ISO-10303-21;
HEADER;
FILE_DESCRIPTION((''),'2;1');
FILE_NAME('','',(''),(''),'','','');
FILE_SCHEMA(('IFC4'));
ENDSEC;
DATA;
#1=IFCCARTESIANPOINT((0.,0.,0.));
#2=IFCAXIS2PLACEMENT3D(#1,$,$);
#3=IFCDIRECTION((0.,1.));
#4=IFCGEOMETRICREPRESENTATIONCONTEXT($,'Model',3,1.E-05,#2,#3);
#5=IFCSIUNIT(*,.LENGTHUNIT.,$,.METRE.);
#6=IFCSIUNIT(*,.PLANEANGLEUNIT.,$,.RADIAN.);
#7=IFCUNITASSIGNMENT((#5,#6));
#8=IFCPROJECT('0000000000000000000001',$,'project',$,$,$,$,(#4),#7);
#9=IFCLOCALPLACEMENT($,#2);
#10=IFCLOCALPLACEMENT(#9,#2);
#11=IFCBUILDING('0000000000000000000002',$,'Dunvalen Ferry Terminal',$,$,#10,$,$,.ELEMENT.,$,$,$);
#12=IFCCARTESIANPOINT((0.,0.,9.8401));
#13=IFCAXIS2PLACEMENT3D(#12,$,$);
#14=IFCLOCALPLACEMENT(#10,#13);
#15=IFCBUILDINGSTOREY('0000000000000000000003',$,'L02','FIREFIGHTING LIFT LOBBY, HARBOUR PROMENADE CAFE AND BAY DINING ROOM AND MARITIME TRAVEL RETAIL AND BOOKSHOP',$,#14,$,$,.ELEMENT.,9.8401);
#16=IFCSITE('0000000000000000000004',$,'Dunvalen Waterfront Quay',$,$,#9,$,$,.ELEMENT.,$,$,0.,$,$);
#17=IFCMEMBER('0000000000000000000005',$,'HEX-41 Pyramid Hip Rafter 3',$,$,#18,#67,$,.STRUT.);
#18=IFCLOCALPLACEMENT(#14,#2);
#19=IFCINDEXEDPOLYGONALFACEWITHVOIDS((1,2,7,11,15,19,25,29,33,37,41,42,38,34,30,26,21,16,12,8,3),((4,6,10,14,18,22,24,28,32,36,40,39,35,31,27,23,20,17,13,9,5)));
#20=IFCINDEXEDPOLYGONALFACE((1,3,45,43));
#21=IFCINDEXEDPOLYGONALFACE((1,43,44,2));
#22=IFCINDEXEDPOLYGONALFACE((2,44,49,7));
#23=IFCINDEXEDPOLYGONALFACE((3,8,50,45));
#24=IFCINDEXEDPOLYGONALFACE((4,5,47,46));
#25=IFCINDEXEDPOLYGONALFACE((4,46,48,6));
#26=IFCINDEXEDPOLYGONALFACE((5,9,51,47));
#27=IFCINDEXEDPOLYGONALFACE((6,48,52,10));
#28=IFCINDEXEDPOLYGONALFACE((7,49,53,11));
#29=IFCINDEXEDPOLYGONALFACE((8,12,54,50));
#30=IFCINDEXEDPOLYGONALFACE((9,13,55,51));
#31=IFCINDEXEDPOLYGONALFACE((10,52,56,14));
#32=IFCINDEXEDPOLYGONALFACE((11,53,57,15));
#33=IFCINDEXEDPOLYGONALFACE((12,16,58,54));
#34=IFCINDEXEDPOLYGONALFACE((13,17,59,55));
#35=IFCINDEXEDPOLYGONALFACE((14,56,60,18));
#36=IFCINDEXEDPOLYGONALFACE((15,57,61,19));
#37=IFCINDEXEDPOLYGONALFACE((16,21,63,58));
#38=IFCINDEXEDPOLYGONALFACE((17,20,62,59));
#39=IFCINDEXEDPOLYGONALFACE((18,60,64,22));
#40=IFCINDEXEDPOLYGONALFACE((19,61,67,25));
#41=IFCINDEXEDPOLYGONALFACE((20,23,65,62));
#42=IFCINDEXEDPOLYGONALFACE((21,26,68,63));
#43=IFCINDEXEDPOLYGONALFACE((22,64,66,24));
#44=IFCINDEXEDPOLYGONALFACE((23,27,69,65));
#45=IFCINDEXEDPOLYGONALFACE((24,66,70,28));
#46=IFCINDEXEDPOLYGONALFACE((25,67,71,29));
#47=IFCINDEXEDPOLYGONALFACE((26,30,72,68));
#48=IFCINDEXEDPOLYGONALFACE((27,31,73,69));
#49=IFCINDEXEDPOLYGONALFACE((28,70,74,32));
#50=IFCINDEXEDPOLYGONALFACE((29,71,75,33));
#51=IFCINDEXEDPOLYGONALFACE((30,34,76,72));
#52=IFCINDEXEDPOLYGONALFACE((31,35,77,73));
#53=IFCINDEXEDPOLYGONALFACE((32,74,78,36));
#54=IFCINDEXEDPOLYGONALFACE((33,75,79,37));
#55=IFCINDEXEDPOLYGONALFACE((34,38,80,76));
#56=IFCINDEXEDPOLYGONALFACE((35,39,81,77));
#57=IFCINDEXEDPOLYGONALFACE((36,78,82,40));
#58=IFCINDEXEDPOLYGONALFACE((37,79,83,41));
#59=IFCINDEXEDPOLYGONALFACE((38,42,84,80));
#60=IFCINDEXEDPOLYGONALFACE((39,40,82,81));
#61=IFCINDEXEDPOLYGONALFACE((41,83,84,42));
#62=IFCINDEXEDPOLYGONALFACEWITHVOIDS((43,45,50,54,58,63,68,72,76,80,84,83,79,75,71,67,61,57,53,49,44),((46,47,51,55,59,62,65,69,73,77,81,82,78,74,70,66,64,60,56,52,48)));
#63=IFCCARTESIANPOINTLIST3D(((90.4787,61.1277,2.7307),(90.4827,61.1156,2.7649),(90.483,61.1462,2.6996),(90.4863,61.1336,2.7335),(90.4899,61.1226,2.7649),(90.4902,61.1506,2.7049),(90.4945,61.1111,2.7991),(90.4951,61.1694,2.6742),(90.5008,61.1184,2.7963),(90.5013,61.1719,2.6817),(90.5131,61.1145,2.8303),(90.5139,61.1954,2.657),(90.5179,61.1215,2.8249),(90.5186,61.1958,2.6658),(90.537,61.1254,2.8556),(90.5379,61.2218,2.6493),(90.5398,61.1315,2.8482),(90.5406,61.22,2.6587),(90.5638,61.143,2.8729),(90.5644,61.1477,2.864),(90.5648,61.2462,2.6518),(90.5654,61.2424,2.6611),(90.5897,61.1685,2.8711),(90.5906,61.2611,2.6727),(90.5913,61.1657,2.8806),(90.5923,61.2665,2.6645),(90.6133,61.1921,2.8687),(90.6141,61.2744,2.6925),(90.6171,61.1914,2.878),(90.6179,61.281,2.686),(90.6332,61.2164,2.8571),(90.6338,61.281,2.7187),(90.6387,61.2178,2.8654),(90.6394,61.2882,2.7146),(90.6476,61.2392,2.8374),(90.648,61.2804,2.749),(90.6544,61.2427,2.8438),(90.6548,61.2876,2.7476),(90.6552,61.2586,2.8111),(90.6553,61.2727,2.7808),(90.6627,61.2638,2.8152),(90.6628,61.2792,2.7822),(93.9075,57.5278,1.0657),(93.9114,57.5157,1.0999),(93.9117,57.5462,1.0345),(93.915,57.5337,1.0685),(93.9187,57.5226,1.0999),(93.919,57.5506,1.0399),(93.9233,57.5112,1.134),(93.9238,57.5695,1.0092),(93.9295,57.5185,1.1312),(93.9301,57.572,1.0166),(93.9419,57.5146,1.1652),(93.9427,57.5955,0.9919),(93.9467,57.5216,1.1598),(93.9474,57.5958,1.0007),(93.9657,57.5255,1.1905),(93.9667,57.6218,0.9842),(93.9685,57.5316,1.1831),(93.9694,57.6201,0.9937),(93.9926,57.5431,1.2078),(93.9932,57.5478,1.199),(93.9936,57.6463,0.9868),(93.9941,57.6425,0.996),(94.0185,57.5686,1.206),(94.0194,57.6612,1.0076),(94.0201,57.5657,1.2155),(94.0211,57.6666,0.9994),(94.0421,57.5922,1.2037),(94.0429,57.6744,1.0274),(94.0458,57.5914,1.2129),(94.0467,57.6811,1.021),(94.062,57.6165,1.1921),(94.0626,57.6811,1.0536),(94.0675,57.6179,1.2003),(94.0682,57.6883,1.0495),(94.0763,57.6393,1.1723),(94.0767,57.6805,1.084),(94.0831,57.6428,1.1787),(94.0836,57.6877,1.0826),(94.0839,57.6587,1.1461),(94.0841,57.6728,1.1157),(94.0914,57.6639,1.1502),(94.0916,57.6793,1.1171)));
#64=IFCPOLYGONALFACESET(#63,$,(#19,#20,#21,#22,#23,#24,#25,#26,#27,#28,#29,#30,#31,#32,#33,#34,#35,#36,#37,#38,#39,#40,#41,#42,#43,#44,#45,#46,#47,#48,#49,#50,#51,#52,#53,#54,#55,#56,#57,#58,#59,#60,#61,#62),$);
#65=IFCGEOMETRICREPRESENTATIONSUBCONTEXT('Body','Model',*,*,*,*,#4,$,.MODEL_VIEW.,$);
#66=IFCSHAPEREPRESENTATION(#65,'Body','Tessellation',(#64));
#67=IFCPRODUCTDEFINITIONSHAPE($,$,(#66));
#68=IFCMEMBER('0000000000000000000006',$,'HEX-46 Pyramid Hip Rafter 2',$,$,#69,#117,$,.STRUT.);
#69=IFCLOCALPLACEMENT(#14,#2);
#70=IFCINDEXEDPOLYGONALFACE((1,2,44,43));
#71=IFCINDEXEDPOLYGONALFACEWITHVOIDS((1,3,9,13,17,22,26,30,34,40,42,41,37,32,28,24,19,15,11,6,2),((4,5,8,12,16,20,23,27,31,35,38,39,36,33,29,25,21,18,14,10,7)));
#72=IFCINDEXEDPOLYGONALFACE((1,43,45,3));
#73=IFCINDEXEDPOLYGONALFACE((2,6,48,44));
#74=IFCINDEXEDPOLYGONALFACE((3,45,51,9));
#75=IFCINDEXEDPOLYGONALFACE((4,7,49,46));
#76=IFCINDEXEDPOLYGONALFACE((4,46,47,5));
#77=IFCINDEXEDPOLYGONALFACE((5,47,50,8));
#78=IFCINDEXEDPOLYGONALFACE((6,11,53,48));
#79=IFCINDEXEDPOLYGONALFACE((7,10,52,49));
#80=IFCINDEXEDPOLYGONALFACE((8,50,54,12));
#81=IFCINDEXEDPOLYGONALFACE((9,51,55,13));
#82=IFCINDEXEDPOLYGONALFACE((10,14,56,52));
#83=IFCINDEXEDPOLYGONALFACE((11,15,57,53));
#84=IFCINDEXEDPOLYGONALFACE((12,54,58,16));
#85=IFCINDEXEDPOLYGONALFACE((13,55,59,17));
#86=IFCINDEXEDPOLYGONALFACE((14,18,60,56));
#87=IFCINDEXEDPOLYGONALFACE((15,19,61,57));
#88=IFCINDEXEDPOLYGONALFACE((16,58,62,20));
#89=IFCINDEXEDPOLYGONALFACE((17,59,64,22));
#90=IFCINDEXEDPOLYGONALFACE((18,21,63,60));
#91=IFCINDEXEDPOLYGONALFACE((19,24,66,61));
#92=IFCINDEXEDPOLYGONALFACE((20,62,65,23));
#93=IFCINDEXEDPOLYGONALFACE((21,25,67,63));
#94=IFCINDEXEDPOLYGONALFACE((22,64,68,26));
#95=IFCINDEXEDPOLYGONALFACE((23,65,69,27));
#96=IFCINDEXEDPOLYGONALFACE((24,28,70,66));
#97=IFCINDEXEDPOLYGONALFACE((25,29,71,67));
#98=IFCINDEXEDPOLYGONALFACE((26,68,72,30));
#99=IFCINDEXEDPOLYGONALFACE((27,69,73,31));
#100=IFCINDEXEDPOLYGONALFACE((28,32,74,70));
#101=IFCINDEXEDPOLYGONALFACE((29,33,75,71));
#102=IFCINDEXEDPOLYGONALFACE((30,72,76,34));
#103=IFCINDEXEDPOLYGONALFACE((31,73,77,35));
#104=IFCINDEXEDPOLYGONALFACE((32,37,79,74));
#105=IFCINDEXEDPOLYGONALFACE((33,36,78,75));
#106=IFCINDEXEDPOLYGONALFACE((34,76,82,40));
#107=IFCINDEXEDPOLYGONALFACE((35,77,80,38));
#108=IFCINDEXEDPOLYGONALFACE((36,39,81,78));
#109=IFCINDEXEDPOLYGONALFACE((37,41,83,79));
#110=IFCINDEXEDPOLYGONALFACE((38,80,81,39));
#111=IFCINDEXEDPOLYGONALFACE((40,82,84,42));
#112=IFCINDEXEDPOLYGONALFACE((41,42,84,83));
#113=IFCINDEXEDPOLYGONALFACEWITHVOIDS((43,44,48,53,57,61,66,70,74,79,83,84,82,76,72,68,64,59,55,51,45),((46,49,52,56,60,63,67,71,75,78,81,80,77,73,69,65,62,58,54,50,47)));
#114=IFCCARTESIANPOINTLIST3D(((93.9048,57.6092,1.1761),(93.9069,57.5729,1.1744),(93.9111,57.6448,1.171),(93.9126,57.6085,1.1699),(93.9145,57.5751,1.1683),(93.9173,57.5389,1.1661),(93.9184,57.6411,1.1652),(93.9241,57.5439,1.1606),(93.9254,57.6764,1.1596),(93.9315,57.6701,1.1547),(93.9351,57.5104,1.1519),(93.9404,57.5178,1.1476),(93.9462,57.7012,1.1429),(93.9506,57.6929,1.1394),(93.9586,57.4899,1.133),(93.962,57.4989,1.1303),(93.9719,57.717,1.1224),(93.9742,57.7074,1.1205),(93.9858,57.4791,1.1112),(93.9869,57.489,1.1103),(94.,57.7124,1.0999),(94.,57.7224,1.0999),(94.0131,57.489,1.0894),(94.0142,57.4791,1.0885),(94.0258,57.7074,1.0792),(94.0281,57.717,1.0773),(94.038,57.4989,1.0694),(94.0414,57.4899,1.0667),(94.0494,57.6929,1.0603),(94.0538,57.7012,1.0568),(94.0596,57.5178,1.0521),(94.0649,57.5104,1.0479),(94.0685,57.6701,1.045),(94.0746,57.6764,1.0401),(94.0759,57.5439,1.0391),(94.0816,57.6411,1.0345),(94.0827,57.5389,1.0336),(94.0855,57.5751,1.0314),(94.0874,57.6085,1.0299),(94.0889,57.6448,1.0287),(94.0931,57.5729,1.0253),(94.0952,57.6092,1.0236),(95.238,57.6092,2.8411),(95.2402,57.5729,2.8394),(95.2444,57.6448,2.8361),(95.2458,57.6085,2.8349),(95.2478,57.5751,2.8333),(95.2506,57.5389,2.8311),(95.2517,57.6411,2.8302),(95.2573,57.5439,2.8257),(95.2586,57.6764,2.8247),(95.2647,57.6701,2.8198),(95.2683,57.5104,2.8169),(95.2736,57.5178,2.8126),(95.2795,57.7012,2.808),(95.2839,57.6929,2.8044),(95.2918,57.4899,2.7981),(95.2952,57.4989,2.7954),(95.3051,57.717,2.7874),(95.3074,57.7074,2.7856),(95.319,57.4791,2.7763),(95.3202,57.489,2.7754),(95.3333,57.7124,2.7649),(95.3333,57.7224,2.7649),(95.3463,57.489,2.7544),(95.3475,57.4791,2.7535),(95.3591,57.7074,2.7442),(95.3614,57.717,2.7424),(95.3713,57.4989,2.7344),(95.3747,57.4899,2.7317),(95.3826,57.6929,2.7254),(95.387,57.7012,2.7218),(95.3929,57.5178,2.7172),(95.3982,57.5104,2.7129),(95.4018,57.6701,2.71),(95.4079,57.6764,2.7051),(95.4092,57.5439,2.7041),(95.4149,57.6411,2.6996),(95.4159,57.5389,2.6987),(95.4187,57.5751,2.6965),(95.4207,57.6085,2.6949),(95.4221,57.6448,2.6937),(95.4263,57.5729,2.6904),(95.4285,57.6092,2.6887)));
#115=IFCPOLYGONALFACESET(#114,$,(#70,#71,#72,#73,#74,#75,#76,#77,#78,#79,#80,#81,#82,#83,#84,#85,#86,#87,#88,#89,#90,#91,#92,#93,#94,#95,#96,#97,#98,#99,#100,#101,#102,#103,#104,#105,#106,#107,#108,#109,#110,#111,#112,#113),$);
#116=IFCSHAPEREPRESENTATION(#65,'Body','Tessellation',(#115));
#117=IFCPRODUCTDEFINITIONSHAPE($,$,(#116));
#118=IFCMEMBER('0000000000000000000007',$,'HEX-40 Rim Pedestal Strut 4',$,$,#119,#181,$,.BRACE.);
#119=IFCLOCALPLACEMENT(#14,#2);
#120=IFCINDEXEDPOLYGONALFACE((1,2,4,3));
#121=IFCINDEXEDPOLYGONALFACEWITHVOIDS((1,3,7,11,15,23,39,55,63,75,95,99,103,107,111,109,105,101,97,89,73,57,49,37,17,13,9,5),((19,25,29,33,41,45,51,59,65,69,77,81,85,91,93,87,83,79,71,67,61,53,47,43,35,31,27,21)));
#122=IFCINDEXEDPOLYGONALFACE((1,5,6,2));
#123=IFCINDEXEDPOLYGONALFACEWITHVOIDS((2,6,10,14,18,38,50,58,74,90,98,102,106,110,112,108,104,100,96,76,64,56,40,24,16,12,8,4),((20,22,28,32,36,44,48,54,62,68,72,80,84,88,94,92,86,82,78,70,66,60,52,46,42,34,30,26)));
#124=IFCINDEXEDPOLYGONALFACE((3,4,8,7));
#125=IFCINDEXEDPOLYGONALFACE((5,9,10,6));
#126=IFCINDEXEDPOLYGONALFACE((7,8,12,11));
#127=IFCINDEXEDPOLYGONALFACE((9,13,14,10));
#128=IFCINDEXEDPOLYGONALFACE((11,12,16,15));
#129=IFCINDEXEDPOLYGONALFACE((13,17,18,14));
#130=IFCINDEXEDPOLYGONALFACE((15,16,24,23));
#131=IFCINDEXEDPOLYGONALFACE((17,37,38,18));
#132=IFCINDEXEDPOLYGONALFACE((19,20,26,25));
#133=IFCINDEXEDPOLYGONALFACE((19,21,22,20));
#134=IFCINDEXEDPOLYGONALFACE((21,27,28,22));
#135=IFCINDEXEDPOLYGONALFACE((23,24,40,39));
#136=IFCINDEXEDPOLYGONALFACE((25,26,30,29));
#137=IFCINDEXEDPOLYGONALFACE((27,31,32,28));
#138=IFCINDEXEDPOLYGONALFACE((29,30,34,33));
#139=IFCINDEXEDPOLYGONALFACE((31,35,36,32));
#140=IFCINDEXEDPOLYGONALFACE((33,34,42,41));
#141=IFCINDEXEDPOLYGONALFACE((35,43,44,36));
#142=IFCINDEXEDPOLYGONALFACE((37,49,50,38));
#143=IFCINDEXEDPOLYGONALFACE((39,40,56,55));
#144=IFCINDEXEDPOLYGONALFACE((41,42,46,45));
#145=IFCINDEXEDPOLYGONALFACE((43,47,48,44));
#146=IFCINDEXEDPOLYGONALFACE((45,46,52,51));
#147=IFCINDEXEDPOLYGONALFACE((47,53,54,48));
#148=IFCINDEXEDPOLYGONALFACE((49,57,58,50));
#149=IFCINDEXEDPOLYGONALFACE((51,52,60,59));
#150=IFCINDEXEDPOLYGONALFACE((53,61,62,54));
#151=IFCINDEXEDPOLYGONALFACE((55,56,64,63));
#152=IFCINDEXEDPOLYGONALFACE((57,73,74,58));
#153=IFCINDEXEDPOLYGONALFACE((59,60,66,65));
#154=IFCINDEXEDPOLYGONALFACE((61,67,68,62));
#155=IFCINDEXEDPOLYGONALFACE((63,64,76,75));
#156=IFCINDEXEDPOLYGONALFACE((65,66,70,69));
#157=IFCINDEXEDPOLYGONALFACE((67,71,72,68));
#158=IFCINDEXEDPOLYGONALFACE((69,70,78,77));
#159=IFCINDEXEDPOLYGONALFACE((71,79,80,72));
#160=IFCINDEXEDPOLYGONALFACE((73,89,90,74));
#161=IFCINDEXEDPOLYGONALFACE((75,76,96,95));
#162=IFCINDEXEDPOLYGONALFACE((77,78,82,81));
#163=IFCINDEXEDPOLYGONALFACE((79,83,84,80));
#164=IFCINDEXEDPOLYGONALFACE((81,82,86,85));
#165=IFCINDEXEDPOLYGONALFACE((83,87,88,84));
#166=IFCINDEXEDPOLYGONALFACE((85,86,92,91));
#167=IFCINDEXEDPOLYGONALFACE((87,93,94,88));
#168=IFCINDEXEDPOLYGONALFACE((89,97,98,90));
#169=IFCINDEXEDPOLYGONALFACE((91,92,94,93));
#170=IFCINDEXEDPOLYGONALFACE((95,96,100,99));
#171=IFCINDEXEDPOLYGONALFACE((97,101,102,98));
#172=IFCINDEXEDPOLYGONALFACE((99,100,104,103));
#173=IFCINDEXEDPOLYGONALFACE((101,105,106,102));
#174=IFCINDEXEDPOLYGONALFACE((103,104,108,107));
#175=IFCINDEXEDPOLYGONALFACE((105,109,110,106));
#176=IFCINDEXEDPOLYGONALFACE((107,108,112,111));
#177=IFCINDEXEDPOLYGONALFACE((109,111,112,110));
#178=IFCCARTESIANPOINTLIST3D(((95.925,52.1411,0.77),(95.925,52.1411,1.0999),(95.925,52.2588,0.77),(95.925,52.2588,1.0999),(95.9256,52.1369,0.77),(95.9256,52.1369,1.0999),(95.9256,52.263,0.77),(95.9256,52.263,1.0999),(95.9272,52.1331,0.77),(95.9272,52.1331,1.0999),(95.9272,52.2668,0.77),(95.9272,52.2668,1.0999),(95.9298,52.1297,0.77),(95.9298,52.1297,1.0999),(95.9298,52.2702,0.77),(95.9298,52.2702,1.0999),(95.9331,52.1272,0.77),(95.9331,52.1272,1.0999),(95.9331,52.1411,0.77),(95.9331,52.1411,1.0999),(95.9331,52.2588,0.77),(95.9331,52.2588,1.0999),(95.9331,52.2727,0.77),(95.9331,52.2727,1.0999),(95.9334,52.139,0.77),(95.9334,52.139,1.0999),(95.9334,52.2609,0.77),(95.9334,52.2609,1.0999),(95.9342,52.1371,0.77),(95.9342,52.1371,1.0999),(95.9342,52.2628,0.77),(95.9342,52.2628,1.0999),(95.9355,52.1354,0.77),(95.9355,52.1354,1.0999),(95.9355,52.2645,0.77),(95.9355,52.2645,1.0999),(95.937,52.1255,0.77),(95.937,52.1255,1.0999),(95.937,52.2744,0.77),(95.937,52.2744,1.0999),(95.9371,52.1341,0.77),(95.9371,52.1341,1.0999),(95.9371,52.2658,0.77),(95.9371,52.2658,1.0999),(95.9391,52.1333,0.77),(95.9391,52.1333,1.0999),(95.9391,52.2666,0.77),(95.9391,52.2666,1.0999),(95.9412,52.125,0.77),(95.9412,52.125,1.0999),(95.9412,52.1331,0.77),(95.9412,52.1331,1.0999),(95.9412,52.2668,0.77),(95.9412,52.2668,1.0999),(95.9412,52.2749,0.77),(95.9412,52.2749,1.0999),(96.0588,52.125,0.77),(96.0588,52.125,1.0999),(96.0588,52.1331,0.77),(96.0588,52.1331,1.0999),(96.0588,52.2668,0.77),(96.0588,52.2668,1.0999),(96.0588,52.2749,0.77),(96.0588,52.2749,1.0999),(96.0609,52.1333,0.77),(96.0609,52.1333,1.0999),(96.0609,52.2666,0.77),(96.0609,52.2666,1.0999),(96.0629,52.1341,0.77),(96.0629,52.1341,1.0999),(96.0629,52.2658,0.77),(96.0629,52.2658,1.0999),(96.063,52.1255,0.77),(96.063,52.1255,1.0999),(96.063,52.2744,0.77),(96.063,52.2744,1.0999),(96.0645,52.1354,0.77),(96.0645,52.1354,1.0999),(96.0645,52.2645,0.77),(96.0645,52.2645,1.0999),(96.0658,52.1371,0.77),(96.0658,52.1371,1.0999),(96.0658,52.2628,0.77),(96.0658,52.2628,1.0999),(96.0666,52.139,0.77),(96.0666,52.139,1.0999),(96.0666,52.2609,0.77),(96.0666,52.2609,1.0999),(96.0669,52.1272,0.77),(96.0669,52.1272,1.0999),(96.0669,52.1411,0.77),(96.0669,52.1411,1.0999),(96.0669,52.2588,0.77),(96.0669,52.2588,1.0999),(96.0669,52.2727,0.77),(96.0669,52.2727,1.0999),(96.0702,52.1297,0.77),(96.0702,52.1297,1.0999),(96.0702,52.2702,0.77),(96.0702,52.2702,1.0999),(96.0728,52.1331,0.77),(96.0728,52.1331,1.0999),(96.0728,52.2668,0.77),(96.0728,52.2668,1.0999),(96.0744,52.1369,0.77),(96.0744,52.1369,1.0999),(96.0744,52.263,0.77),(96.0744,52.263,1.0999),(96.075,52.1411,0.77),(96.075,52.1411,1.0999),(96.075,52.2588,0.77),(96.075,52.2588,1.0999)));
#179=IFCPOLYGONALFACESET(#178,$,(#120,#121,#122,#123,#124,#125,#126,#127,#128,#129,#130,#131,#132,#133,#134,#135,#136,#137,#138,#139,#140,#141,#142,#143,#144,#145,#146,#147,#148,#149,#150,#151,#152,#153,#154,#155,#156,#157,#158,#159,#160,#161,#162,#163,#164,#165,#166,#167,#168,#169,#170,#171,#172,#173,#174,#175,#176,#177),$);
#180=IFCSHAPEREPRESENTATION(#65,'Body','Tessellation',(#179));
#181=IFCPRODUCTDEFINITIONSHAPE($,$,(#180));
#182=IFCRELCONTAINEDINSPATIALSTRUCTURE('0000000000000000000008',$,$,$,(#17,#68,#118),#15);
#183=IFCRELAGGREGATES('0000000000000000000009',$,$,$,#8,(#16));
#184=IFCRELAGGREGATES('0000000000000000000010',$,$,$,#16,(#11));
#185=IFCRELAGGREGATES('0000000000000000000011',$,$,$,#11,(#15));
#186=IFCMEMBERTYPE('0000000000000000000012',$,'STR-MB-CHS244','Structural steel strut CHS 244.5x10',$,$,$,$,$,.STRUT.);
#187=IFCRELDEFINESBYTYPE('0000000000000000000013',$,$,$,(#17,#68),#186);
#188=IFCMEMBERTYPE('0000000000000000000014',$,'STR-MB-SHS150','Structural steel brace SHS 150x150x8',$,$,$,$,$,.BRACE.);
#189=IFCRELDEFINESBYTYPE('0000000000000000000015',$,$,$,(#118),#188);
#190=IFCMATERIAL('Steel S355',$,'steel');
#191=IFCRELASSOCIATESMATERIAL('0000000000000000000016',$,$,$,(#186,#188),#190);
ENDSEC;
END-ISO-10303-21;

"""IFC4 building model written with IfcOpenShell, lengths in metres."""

from ifc_helpers import new_model, si_unit, direction, frame, origin, origin_2d, place, context, subcontext, project, spatial, hollow_rectangle, hollow_circle, extrude, material, material_profile, profile_set, type_object, element, save


model = new_model("IFC4")

# Units and contexts
model_context = context("Model", 3, precision=1e-05, world=origin(), true_north=direction((0.0, 1.0)))
body_context = subcontext(model_context, "Body", "Model", "MODEL_VIEW")
ifc_project = project(units=[si_unit("LENGTHUNIT", "METRE"), si_unit("PLANEANGLEUNIT", "RADIAN")], contexts=[model_context])

# Site, building, storey
site_placement = place(None, origin())
site = spatial("IfcSite", under=ifc_project, at=site_placement, Name="Dunvalen Waterfront Quay", CompositionType="ELEMENT", RefElevation=0.0)
building_placement = place(site_placement, origin())
building = spatial("IfcBuilding", under=site, at=building_placement, Name="Dunvalen Ferry Terminal", CompositionType="ELEMENT")
storey_placement = place(building_placement, frame((0.0, 0.0, 9.8401)))
storey = spatial("IfcBuildingStorey", under=building, at=storey_placement, Name="L02", Description="FIREFIGHTING LIFT LOBBY, HARBOUR PROMENADE CAFE AND BAY DINING ROOM AND MARITIME TRAVEL RETAIL AND BOOKSHOP", CompositionType="ELEMENT", Elevation=9.8401)

# Shared definitions
ifc_material_1 = material(Name="Steel S355", Category="steel")

# Members
ifc_material_profile_1 = material_profile(ifc_material_1, hollow_circle(Radius=0.1223, WallThickness=0.01, at=origin_2d()), Name="Steel S355")
ifc_profile_set_1 = profile_set([ifc_material_profile_1], Name="Steel S355")
member_type_1 = type_object("IfcMemberType", Name="STR-MB-CHS244", Description="Structural steel strut CHS 244.5x10", PredefinedType="STRUT", material=ifc_profile_set_1)
for number, where, z_axis, x_axis, name in (
    (1, (94.0, 57.6001, 1.0999), (-0.65398, 0.686623, 0.317583), (-0.72411, -0.689685, 0.0), "HEX-41 Pyramid Hip Rafter 3"),
):
    element("IfcMember", number, at=place(storey_placement, frame(where, z_axis=z_axis, x_axis=x_axis)), inside=storey, type_object=member_type_1, Name=name, PredefinedType="STRUT", context=body_context, shape_type="SweptSolid", body=[
        extrude(hollow_circle(Radius=0.1223, WallThickness=0.01, at=origin_2d()), origin(), (0.0, 0.0, 1.0), 5.2429),
    ])
member_1_placement = place(storey_placement, frame((94.0, 57.6001, 1.0999), z_axis=(0.625044, 0.0, 0.78059), x_axis=(0.0, 1.0, 0.0)))
element("IfcMember", 2, at=member_1_placement, inside=storey, type_object=member_type_1, Name="HEX-46 Pyramid Hip Rafter 2", PredefinedType="STRUT", context=body_context, shape_type="SweptSolid", body=[
    extrude(hollow_circle(Radius=0.1223, WallThickness=0.01, at=origin_2d()), origin(), (0.0, 0.0, 1.0), 2.1331),
])
ifc_material_profile_2 = material_profile(ifc_material_1, hollow_rectangle(XDim=0.1499, YDim=0.1499, WallThickness=0.0081, InnerFilletRadius=0.0081, OuterFilletRadius=0.0161, at=origin_2d()), Name="Steel S355")
ifc_profile_set_2 = profile_set([ifc_material_profile_2], Name="Steel S355")
member_type_2 = type_object("IfcMemberType", Name="STR-MB-SHS150", Description="Structural steel brace SHS 150x150x8", PredefinedType="BRACE", material=ifc_profile_set_2)
for number, where, z_axis, x_axis, name in (
    (3, (96.0, 52.2, 0.77), (0.0, 0.0, 1.0), (1.0, 0.0, 0.0), "HEX-40 Rim Pedestal Strut 4"),
):
    element("IfcMember", number, at=place(storey_placement, frame(where, z_axis=z_axis, x_axis=x_axis)), inside=storey, type_object=member_type_2, Name=name, PredefinedType="BRACE", context=body_context, shape_type="SweptSolid", body=[
        extrude(hollow_rectangle(XDim=0.1499, YDim=0.1499, WallThickness=0.0081, InnerFilletRadius=0.0081, OuterFilletRadius=0.0161, at=origin_2d()), origin(), (0.0, 0.0, 1.0), 0.3298),
    ])

save(model, "model.ifc")
